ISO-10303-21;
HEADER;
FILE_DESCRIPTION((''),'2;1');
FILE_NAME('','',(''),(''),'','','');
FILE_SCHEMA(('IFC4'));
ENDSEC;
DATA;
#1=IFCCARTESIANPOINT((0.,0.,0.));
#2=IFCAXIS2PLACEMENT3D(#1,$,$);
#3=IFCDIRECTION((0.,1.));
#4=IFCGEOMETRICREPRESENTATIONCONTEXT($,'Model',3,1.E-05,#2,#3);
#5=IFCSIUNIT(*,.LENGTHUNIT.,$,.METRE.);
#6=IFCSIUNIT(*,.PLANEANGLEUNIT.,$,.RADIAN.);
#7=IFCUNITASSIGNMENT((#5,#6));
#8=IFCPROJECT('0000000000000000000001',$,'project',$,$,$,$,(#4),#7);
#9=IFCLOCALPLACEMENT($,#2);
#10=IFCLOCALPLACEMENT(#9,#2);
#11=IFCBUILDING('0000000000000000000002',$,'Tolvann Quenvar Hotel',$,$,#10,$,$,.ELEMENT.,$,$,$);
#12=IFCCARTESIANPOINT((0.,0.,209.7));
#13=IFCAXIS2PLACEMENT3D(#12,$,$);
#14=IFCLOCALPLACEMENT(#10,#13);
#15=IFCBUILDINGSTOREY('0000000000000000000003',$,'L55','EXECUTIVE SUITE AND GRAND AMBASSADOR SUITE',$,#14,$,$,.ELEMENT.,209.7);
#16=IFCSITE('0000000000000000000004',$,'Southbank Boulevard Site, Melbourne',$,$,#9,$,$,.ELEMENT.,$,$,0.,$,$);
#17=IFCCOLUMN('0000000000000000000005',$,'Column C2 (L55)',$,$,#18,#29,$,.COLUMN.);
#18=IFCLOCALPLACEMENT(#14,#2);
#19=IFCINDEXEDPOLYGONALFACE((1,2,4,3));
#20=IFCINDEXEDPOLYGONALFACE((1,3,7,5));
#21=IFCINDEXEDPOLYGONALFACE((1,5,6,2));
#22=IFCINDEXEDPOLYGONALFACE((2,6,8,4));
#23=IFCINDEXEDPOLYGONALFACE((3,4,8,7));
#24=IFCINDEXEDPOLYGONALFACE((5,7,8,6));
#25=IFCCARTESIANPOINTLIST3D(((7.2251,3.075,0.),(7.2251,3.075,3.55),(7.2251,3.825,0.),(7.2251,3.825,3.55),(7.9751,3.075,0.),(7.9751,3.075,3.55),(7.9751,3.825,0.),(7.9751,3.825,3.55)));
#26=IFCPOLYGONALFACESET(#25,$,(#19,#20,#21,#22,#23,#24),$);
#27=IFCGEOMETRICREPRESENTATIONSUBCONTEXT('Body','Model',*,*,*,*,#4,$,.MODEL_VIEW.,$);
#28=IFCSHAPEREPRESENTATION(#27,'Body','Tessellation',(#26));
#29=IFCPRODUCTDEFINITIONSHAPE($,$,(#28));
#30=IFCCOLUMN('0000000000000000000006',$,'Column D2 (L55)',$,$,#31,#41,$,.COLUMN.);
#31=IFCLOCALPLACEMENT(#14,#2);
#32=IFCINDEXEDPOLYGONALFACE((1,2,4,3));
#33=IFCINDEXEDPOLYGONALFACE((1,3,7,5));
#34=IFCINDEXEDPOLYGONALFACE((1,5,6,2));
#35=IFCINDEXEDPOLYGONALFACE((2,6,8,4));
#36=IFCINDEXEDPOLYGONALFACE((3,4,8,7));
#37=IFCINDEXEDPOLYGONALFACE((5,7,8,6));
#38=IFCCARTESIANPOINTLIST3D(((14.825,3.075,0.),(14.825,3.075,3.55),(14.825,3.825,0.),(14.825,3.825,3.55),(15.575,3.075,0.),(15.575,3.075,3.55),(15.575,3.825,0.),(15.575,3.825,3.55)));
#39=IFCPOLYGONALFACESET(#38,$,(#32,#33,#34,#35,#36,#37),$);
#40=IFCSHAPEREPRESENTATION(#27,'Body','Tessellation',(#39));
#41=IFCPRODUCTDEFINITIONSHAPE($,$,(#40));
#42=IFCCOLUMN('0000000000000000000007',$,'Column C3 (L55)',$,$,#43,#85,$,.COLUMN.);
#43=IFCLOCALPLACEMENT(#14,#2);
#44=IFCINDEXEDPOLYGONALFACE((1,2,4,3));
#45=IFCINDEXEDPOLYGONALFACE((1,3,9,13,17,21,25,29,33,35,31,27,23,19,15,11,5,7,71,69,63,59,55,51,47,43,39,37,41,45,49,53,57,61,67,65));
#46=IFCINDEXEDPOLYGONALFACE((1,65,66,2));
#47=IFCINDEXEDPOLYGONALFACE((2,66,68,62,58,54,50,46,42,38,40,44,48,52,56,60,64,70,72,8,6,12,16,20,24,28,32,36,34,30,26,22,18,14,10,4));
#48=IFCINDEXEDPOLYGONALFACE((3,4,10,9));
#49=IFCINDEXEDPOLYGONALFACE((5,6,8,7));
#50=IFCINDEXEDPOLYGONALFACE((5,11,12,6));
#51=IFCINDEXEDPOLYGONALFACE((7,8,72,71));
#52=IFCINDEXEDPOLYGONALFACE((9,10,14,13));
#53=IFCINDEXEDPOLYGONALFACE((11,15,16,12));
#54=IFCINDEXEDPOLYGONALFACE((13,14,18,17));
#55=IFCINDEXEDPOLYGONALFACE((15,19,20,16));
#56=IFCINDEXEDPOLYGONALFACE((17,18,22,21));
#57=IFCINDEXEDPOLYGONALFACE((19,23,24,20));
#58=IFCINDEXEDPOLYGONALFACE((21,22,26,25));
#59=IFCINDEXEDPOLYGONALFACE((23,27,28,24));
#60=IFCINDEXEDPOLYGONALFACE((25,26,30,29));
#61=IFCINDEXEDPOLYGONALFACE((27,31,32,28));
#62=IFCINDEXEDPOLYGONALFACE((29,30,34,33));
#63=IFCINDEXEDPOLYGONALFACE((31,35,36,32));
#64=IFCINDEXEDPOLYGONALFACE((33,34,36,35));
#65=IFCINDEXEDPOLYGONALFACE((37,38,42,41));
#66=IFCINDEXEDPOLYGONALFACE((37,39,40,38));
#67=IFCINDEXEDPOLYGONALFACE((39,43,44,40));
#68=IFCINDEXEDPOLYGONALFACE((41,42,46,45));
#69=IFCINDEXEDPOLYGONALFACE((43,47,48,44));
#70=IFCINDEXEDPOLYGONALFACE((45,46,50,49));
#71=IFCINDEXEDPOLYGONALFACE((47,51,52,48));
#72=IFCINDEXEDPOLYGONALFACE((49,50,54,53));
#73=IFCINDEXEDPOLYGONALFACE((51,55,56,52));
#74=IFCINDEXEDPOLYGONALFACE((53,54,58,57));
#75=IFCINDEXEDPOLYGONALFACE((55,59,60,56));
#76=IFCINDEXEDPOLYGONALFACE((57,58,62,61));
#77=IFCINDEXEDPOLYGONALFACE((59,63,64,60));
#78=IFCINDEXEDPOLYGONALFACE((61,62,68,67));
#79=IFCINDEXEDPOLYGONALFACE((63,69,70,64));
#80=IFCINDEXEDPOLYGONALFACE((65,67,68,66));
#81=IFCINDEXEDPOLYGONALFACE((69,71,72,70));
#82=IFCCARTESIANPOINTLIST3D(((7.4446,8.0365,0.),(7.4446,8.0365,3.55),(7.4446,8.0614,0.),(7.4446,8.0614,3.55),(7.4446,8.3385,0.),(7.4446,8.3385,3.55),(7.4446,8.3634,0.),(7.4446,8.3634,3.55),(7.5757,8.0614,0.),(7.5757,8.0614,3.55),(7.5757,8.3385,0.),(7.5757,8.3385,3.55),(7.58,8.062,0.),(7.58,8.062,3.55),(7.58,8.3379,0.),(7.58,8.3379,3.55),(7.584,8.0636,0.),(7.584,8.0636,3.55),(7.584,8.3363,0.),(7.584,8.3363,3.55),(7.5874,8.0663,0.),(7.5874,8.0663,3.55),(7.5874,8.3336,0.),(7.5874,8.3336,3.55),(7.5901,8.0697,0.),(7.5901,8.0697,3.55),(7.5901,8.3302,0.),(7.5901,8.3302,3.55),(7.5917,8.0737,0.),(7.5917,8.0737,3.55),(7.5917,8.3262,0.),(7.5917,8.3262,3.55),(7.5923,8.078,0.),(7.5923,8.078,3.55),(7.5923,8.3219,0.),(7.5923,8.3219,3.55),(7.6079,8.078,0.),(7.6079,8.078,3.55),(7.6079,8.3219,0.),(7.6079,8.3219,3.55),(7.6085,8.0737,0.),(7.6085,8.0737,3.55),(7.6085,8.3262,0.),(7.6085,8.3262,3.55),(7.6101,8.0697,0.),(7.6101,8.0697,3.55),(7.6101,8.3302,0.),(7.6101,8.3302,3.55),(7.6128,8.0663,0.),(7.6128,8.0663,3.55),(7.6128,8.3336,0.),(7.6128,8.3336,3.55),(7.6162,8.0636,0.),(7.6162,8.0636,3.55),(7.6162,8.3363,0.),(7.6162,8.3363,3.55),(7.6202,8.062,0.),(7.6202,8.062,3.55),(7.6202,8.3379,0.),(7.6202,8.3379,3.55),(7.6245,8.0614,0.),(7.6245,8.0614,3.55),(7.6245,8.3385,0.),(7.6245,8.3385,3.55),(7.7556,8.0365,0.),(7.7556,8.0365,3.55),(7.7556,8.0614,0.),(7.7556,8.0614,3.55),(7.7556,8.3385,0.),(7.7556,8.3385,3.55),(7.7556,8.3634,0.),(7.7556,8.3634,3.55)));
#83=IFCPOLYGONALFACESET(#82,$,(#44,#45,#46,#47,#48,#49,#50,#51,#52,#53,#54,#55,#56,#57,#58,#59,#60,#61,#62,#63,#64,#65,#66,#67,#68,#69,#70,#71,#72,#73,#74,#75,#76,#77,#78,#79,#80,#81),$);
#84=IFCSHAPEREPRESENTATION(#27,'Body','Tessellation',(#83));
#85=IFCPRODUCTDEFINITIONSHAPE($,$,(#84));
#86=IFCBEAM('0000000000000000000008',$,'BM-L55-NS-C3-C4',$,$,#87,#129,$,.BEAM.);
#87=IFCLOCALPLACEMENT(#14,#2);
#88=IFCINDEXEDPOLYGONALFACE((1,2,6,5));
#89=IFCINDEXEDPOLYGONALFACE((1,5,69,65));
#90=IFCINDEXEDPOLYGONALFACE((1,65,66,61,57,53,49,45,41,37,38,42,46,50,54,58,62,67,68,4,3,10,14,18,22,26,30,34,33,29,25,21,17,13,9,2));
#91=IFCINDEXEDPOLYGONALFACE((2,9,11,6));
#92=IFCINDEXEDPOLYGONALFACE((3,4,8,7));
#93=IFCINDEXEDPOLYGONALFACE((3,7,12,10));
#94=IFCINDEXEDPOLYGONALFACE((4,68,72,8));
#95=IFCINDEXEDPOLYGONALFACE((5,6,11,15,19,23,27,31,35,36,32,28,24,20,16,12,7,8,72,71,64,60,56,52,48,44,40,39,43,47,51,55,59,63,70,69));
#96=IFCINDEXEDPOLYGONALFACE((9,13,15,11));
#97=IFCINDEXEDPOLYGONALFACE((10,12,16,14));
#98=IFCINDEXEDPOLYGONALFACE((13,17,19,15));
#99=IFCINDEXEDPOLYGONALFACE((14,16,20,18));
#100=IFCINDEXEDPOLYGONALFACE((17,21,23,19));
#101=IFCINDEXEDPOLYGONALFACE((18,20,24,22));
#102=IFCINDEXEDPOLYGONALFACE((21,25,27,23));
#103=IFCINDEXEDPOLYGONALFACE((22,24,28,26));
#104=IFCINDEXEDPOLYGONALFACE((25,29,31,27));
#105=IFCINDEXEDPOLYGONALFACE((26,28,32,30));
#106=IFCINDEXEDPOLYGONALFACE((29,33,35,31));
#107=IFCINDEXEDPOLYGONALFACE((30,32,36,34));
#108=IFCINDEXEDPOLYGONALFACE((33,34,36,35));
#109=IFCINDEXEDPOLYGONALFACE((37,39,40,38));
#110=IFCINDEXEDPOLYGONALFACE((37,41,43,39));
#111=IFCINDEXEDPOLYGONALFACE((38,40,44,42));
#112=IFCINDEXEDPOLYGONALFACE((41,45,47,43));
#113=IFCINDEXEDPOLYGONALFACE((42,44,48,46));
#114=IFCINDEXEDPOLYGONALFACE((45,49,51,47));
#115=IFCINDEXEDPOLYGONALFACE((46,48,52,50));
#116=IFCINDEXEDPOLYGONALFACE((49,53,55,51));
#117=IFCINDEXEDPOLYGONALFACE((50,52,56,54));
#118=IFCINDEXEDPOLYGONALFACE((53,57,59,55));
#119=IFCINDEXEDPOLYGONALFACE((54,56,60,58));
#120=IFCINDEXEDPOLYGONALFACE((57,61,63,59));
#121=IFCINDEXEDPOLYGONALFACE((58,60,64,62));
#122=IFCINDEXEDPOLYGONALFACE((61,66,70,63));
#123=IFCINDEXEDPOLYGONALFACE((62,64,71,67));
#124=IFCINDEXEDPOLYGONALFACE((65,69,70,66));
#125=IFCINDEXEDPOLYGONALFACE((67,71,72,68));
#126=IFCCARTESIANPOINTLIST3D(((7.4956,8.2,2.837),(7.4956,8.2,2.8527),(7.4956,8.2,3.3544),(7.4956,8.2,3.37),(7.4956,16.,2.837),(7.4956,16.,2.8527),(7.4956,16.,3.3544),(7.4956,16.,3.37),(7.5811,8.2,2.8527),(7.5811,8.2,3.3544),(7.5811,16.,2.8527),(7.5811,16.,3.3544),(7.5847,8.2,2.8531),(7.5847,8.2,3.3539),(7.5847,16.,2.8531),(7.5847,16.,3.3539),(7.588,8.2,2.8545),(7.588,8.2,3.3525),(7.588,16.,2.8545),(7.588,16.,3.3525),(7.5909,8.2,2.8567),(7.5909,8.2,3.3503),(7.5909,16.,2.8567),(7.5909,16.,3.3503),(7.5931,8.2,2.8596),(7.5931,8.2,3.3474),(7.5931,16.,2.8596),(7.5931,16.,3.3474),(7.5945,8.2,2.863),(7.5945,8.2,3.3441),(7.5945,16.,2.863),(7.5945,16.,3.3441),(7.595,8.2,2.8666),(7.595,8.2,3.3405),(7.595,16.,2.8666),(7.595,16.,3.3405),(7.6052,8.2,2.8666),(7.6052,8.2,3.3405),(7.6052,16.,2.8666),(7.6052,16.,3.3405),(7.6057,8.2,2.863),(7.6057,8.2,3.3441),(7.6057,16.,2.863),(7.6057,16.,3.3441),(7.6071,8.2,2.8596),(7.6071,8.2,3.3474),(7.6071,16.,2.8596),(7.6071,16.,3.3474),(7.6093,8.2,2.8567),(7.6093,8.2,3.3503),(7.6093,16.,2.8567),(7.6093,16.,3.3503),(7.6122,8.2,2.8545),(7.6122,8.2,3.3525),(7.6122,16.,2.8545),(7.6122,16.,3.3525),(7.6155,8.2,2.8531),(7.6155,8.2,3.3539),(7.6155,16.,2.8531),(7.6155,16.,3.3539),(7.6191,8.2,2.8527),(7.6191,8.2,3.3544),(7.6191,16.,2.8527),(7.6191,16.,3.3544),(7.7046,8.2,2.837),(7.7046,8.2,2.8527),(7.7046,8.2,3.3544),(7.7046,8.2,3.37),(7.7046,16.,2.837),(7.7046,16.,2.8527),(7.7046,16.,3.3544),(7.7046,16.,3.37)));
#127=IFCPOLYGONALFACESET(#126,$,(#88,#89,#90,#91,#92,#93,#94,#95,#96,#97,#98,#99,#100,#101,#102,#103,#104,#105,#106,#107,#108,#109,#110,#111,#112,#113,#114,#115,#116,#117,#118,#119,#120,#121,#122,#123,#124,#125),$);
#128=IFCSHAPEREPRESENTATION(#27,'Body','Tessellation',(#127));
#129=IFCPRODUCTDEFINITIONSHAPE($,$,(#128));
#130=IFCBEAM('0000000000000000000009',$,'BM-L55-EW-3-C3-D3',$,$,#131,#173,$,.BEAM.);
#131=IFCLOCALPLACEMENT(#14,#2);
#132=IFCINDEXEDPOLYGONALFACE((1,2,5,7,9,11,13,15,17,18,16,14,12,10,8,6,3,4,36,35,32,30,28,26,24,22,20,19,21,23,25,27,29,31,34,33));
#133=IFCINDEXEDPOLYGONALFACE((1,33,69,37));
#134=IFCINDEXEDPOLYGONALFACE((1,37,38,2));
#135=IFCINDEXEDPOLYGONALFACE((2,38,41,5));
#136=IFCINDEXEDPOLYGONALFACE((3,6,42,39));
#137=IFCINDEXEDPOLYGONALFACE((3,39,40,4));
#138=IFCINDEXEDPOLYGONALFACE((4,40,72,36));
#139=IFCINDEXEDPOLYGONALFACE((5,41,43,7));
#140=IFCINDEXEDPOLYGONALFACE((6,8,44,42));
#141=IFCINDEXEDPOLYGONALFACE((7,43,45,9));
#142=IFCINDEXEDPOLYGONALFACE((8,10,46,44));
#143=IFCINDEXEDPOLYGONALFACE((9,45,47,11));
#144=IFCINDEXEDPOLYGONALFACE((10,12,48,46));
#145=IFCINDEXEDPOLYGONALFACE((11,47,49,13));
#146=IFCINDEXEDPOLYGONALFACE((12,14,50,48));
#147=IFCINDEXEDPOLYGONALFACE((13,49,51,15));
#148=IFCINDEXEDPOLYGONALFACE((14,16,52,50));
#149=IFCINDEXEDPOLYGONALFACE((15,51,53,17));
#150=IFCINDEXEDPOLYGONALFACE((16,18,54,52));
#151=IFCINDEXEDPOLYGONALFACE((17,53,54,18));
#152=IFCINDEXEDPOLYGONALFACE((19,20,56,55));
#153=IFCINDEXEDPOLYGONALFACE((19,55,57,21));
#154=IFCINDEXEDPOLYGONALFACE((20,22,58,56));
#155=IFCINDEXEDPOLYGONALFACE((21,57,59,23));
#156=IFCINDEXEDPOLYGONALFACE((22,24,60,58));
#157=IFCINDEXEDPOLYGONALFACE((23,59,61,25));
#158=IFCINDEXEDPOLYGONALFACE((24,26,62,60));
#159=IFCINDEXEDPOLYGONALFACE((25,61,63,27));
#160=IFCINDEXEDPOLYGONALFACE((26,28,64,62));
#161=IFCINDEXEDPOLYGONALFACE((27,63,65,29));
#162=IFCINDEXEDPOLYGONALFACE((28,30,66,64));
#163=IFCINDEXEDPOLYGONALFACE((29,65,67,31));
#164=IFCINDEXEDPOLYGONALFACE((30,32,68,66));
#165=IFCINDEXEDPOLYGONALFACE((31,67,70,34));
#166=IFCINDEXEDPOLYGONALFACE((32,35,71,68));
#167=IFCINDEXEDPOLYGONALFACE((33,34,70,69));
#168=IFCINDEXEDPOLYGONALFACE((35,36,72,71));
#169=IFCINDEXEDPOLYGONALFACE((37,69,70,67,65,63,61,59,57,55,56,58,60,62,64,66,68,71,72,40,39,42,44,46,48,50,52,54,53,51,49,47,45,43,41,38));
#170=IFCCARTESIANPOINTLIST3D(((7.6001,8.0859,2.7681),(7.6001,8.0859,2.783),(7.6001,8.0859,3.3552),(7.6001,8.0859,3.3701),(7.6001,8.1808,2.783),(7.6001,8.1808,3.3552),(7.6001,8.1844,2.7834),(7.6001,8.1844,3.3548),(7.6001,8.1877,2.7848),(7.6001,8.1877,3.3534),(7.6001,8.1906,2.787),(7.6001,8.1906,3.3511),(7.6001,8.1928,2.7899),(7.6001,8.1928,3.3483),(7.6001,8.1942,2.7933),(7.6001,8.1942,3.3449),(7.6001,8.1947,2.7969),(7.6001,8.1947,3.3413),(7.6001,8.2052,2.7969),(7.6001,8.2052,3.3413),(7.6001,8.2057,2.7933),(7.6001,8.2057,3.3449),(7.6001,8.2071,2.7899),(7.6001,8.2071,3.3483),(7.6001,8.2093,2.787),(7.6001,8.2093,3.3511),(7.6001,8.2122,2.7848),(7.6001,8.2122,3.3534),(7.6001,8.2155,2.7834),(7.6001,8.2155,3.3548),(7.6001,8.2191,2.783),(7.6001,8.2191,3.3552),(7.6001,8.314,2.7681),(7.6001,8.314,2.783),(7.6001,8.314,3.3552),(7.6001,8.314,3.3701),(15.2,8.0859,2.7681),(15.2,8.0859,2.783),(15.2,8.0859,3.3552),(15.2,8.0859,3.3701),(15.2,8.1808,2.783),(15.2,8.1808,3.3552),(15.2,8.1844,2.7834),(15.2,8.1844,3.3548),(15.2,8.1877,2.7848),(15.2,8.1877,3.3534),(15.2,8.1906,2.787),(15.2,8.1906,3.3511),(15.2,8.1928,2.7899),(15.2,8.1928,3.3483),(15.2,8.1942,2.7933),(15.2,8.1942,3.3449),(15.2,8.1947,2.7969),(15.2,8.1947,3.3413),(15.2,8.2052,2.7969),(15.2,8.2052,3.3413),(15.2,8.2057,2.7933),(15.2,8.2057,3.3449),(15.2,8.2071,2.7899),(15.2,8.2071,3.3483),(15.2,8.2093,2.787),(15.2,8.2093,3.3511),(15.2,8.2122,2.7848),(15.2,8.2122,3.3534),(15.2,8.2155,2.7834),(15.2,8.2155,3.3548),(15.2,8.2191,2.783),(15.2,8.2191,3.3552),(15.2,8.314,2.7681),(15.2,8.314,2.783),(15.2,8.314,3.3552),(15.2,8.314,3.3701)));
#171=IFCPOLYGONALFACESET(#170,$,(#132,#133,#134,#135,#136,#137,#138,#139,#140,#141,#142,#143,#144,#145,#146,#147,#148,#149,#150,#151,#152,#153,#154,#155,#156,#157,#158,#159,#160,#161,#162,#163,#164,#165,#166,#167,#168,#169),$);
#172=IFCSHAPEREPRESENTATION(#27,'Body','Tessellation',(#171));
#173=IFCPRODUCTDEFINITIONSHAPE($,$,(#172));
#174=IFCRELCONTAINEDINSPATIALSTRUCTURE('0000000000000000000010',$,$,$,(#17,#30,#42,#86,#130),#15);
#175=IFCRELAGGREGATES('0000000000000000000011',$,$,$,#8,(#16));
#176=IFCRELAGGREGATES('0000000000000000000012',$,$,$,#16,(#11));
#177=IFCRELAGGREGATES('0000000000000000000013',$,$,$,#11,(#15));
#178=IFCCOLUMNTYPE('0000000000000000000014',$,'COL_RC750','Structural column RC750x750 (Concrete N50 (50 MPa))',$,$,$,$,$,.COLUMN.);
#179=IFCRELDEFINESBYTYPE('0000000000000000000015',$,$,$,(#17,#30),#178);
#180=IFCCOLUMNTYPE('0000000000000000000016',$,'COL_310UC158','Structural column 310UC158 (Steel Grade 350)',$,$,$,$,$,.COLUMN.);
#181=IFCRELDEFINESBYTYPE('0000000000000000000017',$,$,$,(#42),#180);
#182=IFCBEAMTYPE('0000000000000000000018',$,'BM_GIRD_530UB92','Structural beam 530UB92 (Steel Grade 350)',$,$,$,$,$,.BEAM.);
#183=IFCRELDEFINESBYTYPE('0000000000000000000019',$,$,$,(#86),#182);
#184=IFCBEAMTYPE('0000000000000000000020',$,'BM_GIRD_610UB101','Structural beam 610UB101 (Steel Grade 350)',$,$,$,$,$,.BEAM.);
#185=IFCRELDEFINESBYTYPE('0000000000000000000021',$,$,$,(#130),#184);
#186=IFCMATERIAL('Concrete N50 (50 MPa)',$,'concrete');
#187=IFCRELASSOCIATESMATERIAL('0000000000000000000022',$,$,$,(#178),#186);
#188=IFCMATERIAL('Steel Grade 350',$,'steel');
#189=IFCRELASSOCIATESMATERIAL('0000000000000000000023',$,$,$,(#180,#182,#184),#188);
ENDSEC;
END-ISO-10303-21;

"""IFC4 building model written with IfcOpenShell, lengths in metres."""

from ifc_helpers import new_model, si_unit, direction, frame, origin, origin_2d, place, context, subcontext, project, spatial, rectangle, i_section, extrude, source, transform, mapped, material, material_profile, profile_set, type_object, type_shapes, element, save


model = new_model("IFC4")

# Units and contexts
model_context = context("Model", 3, precision=1e-05, world=origin(), true_north=direction((0.0, 1.0)))
body_context = subcontext(model_context, "Body", "Model", "MODEL_VIEW")
ifc_project = project(units=[si_unit("LENGTHUNIT", "METRE"), si_unit("PLANEANGLEUNIT", "RADIAN")], contexts=[model_context])

# Site, building, storey
site_placement = place(None, origin())
site = spatial("IfcSite", under=ifc_project, at=site_placement, Name="Southbank Boulevard Site, Melbourne", CompositionType="ELEMENT", RefElevation=0.0)
building_placement = place(site_placement, origin())
building = spatial("IfcBuilding", under=site, at=building_placement, Name="Tolvann Quenvar Hotel", CompositionType="ELEMENT")
storey_placement = place(building_placement, frame((0.0, 0.0, 209.7)))
storey = spatial("IfcBuildingStorey", under=building, at=storey_placement, Name="L55", Description="EXECUTIVE SUITE AND GRAND AMBASSADOR SUITE", CompositionType="ELEMENT", Elevation=209.7)

# Columns
ifc_material_1 = material(Name="Concrete N50 (50 MPa)", Category="concrete")
ifc_material_profile_1 = material_profile(ifc_material_1, rectangle(XDim=0.75, YDim=0.75, at=origin_2d()), Name="RC750x750")
ifc_profile_set_1 = profile_set([ifc_material_profile_1], Name="Concrete N50 (50 MPa)")
column_type_1 = type_object("IfcColumnType", Name="COL_RC750", Description="Structural column RC750x750 (Concrete N50 (50 MPa))", PredefinedType="COLUMN", material=ifc_profile_set_1)
shared_shape_1 = source(origin(), body_context, "Body", "SweptSolid", [
    extrude(rectangle(XDim=0.75, YDim=0.75, at=origin_2d()), origin(), (0.0, 0.0, 1.0), 3.55),
])
type_shapes(column_type_1, [shared_shape_1])
for number, where, z_axis, x_axis, name in (
    (1, (7.6001, 3.45, 0.0), (0.0, 0.0, 1.0), (1.0, 0.0, 0.0), "Column C2 (L55)"),
    (2, (15.2, 3.45, 0.0), (0.0, 0.0, 1.0), (1.0, 0.0, 0.0), "Column D2 (L55)"),
):
    element("IfcColumn", number, at=place(storey_placement, frame(where, z_axis=z_axis, x_axis=x_axis)), inside=storey, type_object=column_type_1, Name=name, PredefinedType="COLUMN", context=body_context, shape_type="MappedRepresentation", body=[
        mapped(shared_shape_1, transform((0.0, 0.0, 0.0), x_axis=(1.0, 0.0, 0.0), y_axis=(0.0, 1.0, 0.0), z_axis=(0.0, 0.0, 1.0), scale=1.0)),
    ])
ifc_material_2 = material(Name="Steel Grade 350", Category="steel")
ifc_material_profile_2 = material_profile(ifc_material_2, i_section(OverallWidth=0.311, OverallDepth=0.3269, WebThickness=0.0156, FlangeThickness=0.0249, FilletRadius=0.0166, at=origin_2d()), Name="310UC158")
ifc_profile_set_2 = profile_set([ifc_material_profile_2], Name="Steel Grade 350")
column_type_2 = type_object("IfcColumnType", Name="COL_310UC158", Description="Structural column 310UC158 (Steel Grade 350)", PredefinedType="COLUMN", material=ifc_profile_set_2)
shared_shape_2 = source(origin(), body_context, "Body", "SweptSolid", [
    extrude(i_section(OverallWidth=0.311, OverallDepth=0.3269, WebThickness=0.0156, FlangeThickness=0.0249, FilletRadius=0.0166, at=origin_2d()), origin(), (0.0, 0.0, 1.0), 3.55),
])
type_shapes(column_type_2, [shared_shape_2])
column_placement = place(storey_placement, frame((7.6001, 8.2, 0.0), z_axis=(0.0, 0.0, 1.0), x_axis=(1.0, 0.0, 0.0)))
element("IfcColumn", 3, at=column_placement, inside=storey, type_object=column_type_2, Name="Column C3 (L55)", PredefinedType="COLUMN", context=body_context, shape_type="MappedRepresentation", body=[
    mapped(shared_shape_2, transform((0.0, 0.0, 0.0), x_axis=(1.0, 0.0, 0.0), y_axis=(0.0, 1.0, 0.0), z_axis=(0.0, 0.0, 1.0), scale=1.0)),
])

# Beams
ifc_material_profile_3 = material_profile(ifc_material_2, i_section(OverallWidth=0.209, OverallDepth=0.533, WebThickness=0.0103, FlangeThickness=0.0156, FilletRadius=0.0139, at=origin_2d()), Name="530UB92")
ifc_profile_set_3 = profile_set([ifc_material_profile_3], Name="Steel Grade 350")
beam_type_1 = type_object("IfcBeamType", Name="BM_GIRD_530UB92", Description="Structural beam 530UB92 (Steel Grade 350)", PredefinedType="BEAM", material=ifc_profile_set_3)
shared_shape_3 = source(origin(), body_context, "Body", "SweptSolid", [
    extrude(i_section(OverallWidth=0.209, OverallDepth=0.533, WebThickness=0.0103, FlangeThickness=0.0156, FilletRadius=0.0139, at=origin_2d()), origin(), (0.0, 0.0, 1.0), 7.8),
])
beam_1_placement = place(storey_placement, frame((7.6001, 8.2, 3.1035), z_axis=(0.0, 1.0, 0.0), x_axis=(-1.0, 0.0, 0.0)))
element("IfcBeam", 4, at=beam_1_placement, inside=storey, type_object=beam_type_1, Name="BM-L55-NS-C3-C4", PredefinedType="BEAM", context=body_context, shape_type="MappedRepresentation", body=[
    mapped(shared_shape_3, transform((0.0, 0.0, 0.0), x_axis=(1.0, 0.0, 0.0), y_axis=(0.0, 1.0, 0.0), z_axis=(0.0, 0.0, 1.0), scale=1.0)),
])
ifc_material_profile_4 = material_profile(ifc_material_2, i_section(OverallWidth=0.228, OverallDepth=0.6021, WebThickness=0.0105, FlangeThickness=0.0149, FilletRadius=0.0139, at=origin_2d()), Name="610UB101")
ifc_profile_set_4 = profile_set([ifc_material_profile_4], Name="Steel Grade 350")
beam_type_2 = type_object("IfcBeamType", Name="BM_GIRD_610UB101", Description="Structural beam 610UB101 (Steel Grade 350)", PredefinedType="BEAM", material=ifc_profile_set_4)
shared_shape_4 = source(origin(), body_context, "Body", "SweptSolid", [
    extrude(i_section(OverallWidth=0.228, OverallDepth=0.6021, WebThickness=0.0105, FlangeThickness=0.0149, FilletRadius=0.0139, at=origin_2d()), origin(), (0.0, 0.0, 1.0), 7.5999),
])
type_shapes(beam_type_2, [shared_shape_4])
beam_2_placement = place(storey_placement, frame((7.6001, 8.2, 3.0691), z_axis=(1.0, 0.0, 0.0), x_axis=(0.0, 1.0, 0.0)))
element("IfcBeam", 5, at=beam_2_placement, inside=storey, type_object=beam_type_2, Name="BM-L55-EW-3-C3-D3", PredefinedType="BEAM", context=body_context, shape_type="MappedRepresentation", body=[
    mapped(shared_shape_4, transform((0.0, 0.0, 0.0), x_axis=(1.0, 0.0, 0.0), y_axis=(0.0, 1.0, 0.0), z_axis=(0.0, 0.0, 1.0), scale=1.0)),
])

save(model, "model.ifc")
